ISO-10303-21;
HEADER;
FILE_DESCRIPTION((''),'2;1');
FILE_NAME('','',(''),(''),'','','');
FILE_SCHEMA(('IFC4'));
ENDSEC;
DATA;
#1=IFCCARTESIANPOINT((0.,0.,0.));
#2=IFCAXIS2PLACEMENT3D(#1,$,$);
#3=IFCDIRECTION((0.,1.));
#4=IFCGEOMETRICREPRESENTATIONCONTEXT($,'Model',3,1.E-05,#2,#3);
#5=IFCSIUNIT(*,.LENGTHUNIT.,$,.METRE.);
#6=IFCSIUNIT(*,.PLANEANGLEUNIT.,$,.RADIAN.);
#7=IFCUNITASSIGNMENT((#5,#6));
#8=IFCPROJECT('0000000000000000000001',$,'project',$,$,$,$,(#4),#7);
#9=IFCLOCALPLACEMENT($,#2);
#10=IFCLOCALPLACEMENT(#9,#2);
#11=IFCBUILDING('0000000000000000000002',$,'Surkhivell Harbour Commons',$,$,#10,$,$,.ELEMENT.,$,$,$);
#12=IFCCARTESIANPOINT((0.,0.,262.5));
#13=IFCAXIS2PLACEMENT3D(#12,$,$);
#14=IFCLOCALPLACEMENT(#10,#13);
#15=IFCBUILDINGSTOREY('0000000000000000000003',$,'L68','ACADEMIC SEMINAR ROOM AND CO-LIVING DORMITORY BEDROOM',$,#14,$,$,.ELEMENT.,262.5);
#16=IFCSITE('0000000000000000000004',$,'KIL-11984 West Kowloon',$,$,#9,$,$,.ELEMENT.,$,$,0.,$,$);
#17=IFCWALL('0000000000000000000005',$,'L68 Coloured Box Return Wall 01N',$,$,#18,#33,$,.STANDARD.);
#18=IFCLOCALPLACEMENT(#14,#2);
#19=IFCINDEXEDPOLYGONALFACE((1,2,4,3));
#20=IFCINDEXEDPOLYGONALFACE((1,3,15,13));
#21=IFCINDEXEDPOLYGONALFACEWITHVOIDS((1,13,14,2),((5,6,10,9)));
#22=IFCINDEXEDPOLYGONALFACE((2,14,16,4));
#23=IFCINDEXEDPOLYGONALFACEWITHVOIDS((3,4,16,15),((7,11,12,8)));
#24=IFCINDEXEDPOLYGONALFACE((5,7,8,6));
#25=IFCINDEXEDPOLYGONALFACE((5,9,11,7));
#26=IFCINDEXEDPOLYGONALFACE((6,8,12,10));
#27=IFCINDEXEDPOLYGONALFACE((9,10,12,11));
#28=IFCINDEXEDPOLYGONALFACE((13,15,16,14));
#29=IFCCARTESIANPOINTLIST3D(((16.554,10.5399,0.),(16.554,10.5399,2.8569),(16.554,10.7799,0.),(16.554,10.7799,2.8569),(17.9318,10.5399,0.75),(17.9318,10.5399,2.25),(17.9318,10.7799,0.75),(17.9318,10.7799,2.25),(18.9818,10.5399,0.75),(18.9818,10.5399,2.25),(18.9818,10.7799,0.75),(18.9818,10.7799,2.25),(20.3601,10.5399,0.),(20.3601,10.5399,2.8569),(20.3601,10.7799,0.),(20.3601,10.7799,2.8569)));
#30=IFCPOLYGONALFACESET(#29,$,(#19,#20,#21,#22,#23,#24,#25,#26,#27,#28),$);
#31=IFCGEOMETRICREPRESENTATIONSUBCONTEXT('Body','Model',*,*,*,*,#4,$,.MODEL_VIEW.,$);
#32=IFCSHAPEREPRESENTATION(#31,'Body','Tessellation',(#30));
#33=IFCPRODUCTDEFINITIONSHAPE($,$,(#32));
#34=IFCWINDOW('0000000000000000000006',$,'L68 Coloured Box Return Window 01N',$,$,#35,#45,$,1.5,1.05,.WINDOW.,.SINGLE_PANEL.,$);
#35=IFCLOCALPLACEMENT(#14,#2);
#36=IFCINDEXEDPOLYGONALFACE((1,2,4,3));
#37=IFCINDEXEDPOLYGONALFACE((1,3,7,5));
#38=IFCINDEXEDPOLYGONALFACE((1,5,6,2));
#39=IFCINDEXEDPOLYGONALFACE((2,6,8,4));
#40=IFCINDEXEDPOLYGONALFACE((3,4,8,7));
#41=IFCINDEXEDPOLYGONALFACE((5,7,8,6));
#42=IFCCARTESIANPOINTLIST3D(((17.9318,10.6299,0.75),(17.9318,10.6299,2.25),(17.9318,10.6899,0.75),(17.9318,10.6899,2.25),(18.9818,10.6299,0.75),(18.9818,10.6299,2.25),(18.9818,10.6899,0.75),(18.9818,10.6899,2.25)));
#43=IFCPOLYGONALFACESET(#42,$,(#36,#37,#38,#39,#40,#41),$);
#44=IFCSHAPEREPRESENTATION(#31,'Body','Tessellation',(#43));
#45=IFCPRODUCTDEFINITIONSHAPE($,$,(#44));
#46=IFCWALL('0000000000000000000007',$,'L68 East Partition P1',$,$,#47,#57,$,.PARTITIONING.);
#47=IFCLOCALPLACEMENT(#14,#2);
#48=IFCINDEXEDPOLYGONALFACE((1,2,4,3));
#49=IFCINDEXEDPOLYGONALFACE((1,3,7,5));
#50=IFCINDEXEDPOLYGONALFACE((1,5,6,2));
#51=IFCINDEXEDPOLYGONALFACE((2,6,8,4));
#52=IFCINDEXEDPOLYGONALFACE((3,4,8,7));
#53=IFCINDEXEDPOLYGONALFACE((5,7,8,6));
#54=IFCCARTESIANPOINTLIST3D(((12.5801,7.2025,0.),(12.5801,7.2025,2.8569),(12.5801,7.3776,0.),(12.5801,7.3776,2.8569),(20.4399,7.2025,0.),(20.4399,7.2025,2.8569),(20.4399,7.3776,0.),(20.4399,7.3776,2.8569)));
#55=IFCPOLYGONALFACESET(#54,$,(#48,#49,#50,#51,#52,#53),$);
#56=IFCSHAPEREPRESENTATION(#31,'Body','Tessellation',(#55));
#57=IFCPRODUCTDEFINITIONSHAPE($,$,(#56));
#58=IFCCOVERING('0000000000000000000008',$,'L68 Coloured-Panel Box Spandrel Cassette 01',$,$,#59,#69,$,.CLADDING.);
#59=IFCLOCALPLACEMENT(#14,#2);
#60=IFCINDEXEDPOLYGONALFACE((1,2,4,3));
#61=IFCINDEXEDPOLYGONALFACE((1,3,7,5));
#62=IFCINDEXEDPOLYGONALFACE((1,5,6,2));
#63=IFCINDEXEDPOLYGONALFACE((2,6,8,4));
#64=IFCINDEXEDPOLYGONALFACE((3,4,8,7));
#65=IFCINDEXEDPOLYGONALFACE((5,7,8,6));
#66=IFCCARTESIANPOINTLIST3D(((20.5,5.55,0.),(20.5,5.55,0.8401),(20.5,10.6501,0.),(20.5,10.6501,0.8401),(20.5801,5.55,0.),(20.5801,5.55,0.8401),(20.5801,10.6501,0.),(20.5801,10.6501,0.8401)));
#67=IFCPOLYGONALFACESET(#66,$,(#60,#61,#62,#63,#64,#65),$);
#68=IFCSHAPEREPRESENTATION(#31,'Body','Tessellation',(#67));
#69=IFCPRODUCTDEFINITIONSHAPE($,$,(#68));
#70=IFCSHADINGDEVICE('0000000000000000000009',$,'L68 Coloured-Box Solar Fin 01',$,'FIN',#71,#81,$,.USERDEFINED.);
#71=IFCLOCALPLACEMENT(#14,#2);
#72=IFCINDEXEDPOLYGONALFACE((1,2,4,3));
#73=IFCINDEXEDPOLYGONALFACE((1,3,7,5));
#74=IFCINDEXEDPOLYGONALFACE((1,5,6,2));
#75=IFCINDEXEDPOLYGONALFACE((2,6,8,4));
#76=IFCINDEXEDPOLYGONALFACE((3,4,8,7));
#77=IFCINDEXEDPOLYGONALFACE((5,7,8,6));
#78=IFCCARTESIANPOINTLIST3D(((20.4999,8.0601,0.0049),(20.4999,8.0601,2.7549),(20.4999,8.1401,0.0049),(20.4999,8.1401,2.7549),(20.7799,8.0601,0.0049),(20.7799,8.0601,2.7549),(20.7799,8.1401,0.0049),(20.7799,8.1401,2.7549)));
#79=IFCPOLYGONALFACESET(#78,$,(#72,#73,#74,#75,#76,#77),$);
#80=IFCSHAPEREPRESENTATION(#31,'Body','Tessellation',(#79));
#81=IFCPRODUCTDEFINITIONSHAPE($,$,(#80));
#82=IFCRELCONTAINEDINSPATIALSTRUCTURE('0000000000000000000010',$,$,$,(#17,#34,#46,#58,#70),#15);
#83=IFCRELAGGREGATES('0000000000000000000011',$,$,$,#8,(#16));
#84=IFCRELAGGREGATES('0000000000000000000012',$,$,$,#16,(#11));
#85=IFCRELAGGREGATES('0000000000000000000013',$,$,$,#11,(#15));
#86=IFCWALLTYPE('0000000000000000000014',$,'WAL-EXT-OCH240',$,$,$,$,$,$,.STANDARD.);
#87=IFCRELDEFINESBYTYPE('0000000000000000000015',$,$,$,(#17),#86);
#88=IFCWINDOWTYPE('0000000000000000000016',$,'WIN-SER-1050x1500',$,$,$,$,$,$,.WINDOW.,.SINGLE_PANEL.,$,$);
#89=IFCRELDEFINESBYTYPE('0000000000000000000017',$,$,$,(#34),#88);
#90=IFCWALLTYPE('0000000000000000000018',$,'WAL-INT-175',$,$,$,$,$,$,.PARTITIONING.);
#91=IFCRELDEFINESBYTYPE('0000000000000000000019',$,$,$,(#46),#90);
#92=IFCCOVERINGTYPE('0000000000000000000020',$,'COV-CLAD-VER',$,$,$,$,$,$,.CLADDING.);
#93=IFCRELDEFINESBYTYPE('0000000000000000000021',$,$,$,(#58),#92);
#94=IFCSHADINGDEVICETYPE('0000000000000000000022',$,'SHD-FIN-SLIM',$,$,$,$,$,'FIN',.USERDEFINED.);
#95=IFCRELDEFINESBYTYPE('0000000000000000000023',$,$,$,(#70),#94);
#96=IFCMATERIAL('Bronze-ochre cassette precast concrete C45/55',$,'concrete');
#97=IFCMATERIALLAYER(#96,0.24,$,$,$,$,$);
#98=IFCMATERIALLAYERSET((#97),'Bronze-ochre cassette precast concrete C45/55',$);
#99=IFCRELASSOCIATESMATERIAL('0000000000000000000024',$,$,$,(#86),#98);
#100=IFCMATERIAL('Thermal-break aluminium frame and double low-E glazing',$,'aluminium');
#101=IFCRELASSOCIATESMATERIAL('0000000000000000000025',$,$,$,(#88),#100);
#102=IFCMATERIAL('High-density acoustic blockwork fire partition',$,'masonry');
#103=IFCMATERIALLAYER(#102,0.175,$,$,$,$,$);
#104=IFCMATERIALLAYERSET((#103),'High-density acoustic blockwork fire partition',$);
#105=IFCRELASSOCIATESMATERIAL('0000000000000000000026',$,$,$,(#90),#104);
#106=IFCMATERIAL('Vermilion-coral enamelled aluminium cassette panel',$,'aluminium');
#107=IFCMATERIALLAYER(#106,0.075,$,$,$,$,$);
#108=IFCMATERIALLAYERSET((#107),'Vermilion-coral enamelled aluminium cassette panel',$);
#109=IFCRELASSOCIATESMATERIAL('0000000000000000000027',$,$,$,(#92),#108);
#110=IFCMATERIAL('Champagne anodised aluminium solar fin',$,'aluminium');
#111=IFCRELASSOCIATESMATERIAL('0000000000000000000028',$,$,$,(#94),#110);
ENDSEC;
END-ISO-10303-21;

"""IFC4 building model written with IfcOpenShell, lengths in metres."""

from ifc_helpers import new_model, si_unit, direction, frame, frame_2d, origin, origin_2d, place, context, subcontext, project, spatial, rectangle, extrude, material, layer, layer_set, type_object, element, fill, save


model = new_model("IFC4")

# Units and contexts
model_context = context("Model", 3, precision=1e-05, world=origin(), true_north=direction((0.0, 1.0)))
body_context = subcontext(model_context, "Body", "Model", "MODEL_VIEW")
ifc_project = project(units=[si_unit("LENGTHUNIT", "METRE"), si_unit("PLANEANGLEUNIT", "RADIAN")], contexts=[model_context])

# Site, building, storey
site_placement = place(None, origin())
site = spatial("IfcSite", under=ifc_project, at=site_placement, Name="KIL-11984 West Kowloon", CompositionType="ELEMENT", RefElevation=0.0)
building_placement = place(site_placement, origin())
building = spatial("IfcBuilding", under=site, at=building_placement, Name="Surkhivell Harbour Commons", CompositionType="ELEMENT")
storey_placement = place(building_placement, frame((0.0, 0.0, 262.5)))
storey = spatial("IfcBuildingStorey", under=building, at=storey_placement, Name="L68", Description="ACADEMIC SEMINAR ROOM AND CO-LIVING DORMITORY BEDROOM", CompositionType="ELEMENT", Elevation=262.5)

# Wall, opening, window
ifc_material_1 = material(Name="Bronze-ochre cassette precast concrete C45/55", Category="concrete")
ifc_layer_1 = layer(ifc_material_1, 0.24)
ifc_layer_set_1 = layer_set([ifc_layer_1], Name="Bronze-ochre cassette precast concrete C45/55")
wall_type_1 = type_object("IfcWallType", Name="WAL-EXT-OCH240", PredefinedType="STANDARD", material=ifc_layer_set_1)
ifc_material_2 = material(Name="Thermal-break aluminium frame and double low-E glazing", Category="aluminium")
window_type_1 = type_object("IfcWindowType", Name="WIN-SER-1050x1500", PartitioningType="SINGLE_PANEL", PredefinedType="WINDOW", material=ifc_material_2)
wall_1_placement = place(storey_placement, frame((16.554, 10.6599, 0.0), z_axis=(0.0, 0.0, 1.0), x_axis=(1.0, 0.0, 0.0)))
wall_1 = element("IfcWall", 1, at=wall_1_placement, inside=storey, type_object=wall_type_1, Name="L68 Coloured Box Return Wall 01N", PredefinedType="STANDARD", context=body_context, shape_type="SweptSolid", body=[
    extrude(rectangle(XDim=3.8062, YDim=0.24, at=frame_2d((1.9031, 0.0))), origin(), (0.0, 0.0, 1.0), 2.8569),
])
opening_1_placement = place(wall_1_placement, frame((1.3779, 0.0, 0.75)))
opening_1 = element("IfcOpeningElement", 2, at=opening_1_placement, cuts=wall_1, PredefinedType="OPENING", context=body_context, shape_type="SweptSolid", body=[
    extrude(rectangle(XDim=1.05, YDim=1.5, at=frame_2d((0.5249, 0.75))), frame((0.0, 0.1299, 0.0), z_axis=(0.0, -1.0, 0.0), x_axis=(1.0, 0.0, 0.0)), (0.0, 0.0, 1.0), 0.26),
])
window_1_placement = place(opening_1_placement, origin())
window_1 = element("IfcWindow", 3, at=window_1_placement, inside=storey, type_object=window_type_1, Name="L68 Coloured Box Return Window 01N", OverallHeight=1.5, OverallWidth=1.05, PartitioningType="SINGLE_PANEL", PredefinedType="WINDOW", context=body_context, shape_type="SweptSolid", body=[
    extrude(rectangle(XDim=1.05, YDim=1.5, at=frame_2d((0.5249, 0.75))), frame((0.0, 0.03, 0.0), z_axis=(0.0, -1.0, 0.0), x_axis=(1.0, 0.0, 0.0)), (0.0, 0.0, 1.0), 0.0601),
])
fill(opening_1, window_1)

# Wall
ifc_material_3 = material(Name="High-density acoustic blockwork fire partition", Category="masonry")
ifc_layer_2 = layer(ifc_material_3, 0.175)
ifc_layer_set_2 = layer_set([ifc_layer_2], Name="High-density acoustic blockwork fire partition")
wall_type_2 = type_object("IfcWallType", Name="WAL-INT-175", PredefinedType="PARTITIONING", material=ifc_layer_set_2)
wall_2_placement = place(storey_placement, frame((12.5801, 7.29, 0.0), z_axis=(0.0, 0.0, 1.0), x_axis=(1.0, 0.0, 0.0)))
element("IfcWall", 4, at=wall_2_placement, inside=storey, type_object=wall_type_2, Name="L68 East Partition P1", PredefinedType="PARTITIONING", context=body_context, shape_type="SweptSolid", body=[
    extrude(rectangle(XDim=7.8599, YDim=0.175, at=frame_2d((3.9299, 0.0))), origin(), (0.0, 0.0, 1.0), 2.8569),
])

# Covering
ifc_material_4 = material(Name="Vermilion-coral enamelled aluminium cassette panel", Category="aluminium")
ifc_layer_3 = layer(ifc_material_4, 0.075)
ifc_layer_set_3 = layer_set([ifc_layer_3], Name="Vermilion-coral enamelled aluminium cassette panel")
covering_type = type_object("IfcCoveringType", Name="COV-CLAD-VER", PredefinedType="CLADDING", material=ifc_layer_set_3)
covering_placement = place(storey_placement, frame((20.54, 8.1001, 0.0), z_axis=(0.0, 0.0, 1.0), x_axis=(1.0, 0.0, 0.0)))
element("IfcCovering", 5, at=covering_placement, inside=storey, type_object=covering_type, Name="L68 Coloured-Panel Box Spandrel Cassette 01", PredefinedType="CLADDING", context=body_context, shape_type="SweptSolid", body=[
    extrude(rectangle(XDim=0.0801, YDim=5.1001, at=origin_2d()), origin(), (0.0, 0.0, 1.0), 0.8401),
])

# Shading device
ifc_material_5 = material(Name="Champagne anodised aluminium solar fin", Category="aluminium")
shading_device_type = type_object("IfcShadingDeviceType", Name="SHD-FIN-SLIM", ElementType="FIN", PredefinedType="USERDEFINED", material=ifc_material_5)
shading_device_placement = place(storey_placement, frame((20.6399, 8.1001, 0.0049), z_axis=(0.0, 0.0, 1.0), x_axis=(1.0, 0.0, 0.0)))
element("IfcShadingDevice", 6, at=shading_device_placement, inside=storey, type_object=shading_device_type, Name="L68 Coloured-Box Solar Fin 01", ObjectType="FIN", PredefinedType="USERDEFINED", context=body_context, shape_type="SweptSolid", body=[
    extrude(rectangle(XDim=0.28, YDim=0.0801, at=origin_2d()), origin(), (0.0, 0.0, 1.0), 2.75),
])

save(model, "model.ifc")
